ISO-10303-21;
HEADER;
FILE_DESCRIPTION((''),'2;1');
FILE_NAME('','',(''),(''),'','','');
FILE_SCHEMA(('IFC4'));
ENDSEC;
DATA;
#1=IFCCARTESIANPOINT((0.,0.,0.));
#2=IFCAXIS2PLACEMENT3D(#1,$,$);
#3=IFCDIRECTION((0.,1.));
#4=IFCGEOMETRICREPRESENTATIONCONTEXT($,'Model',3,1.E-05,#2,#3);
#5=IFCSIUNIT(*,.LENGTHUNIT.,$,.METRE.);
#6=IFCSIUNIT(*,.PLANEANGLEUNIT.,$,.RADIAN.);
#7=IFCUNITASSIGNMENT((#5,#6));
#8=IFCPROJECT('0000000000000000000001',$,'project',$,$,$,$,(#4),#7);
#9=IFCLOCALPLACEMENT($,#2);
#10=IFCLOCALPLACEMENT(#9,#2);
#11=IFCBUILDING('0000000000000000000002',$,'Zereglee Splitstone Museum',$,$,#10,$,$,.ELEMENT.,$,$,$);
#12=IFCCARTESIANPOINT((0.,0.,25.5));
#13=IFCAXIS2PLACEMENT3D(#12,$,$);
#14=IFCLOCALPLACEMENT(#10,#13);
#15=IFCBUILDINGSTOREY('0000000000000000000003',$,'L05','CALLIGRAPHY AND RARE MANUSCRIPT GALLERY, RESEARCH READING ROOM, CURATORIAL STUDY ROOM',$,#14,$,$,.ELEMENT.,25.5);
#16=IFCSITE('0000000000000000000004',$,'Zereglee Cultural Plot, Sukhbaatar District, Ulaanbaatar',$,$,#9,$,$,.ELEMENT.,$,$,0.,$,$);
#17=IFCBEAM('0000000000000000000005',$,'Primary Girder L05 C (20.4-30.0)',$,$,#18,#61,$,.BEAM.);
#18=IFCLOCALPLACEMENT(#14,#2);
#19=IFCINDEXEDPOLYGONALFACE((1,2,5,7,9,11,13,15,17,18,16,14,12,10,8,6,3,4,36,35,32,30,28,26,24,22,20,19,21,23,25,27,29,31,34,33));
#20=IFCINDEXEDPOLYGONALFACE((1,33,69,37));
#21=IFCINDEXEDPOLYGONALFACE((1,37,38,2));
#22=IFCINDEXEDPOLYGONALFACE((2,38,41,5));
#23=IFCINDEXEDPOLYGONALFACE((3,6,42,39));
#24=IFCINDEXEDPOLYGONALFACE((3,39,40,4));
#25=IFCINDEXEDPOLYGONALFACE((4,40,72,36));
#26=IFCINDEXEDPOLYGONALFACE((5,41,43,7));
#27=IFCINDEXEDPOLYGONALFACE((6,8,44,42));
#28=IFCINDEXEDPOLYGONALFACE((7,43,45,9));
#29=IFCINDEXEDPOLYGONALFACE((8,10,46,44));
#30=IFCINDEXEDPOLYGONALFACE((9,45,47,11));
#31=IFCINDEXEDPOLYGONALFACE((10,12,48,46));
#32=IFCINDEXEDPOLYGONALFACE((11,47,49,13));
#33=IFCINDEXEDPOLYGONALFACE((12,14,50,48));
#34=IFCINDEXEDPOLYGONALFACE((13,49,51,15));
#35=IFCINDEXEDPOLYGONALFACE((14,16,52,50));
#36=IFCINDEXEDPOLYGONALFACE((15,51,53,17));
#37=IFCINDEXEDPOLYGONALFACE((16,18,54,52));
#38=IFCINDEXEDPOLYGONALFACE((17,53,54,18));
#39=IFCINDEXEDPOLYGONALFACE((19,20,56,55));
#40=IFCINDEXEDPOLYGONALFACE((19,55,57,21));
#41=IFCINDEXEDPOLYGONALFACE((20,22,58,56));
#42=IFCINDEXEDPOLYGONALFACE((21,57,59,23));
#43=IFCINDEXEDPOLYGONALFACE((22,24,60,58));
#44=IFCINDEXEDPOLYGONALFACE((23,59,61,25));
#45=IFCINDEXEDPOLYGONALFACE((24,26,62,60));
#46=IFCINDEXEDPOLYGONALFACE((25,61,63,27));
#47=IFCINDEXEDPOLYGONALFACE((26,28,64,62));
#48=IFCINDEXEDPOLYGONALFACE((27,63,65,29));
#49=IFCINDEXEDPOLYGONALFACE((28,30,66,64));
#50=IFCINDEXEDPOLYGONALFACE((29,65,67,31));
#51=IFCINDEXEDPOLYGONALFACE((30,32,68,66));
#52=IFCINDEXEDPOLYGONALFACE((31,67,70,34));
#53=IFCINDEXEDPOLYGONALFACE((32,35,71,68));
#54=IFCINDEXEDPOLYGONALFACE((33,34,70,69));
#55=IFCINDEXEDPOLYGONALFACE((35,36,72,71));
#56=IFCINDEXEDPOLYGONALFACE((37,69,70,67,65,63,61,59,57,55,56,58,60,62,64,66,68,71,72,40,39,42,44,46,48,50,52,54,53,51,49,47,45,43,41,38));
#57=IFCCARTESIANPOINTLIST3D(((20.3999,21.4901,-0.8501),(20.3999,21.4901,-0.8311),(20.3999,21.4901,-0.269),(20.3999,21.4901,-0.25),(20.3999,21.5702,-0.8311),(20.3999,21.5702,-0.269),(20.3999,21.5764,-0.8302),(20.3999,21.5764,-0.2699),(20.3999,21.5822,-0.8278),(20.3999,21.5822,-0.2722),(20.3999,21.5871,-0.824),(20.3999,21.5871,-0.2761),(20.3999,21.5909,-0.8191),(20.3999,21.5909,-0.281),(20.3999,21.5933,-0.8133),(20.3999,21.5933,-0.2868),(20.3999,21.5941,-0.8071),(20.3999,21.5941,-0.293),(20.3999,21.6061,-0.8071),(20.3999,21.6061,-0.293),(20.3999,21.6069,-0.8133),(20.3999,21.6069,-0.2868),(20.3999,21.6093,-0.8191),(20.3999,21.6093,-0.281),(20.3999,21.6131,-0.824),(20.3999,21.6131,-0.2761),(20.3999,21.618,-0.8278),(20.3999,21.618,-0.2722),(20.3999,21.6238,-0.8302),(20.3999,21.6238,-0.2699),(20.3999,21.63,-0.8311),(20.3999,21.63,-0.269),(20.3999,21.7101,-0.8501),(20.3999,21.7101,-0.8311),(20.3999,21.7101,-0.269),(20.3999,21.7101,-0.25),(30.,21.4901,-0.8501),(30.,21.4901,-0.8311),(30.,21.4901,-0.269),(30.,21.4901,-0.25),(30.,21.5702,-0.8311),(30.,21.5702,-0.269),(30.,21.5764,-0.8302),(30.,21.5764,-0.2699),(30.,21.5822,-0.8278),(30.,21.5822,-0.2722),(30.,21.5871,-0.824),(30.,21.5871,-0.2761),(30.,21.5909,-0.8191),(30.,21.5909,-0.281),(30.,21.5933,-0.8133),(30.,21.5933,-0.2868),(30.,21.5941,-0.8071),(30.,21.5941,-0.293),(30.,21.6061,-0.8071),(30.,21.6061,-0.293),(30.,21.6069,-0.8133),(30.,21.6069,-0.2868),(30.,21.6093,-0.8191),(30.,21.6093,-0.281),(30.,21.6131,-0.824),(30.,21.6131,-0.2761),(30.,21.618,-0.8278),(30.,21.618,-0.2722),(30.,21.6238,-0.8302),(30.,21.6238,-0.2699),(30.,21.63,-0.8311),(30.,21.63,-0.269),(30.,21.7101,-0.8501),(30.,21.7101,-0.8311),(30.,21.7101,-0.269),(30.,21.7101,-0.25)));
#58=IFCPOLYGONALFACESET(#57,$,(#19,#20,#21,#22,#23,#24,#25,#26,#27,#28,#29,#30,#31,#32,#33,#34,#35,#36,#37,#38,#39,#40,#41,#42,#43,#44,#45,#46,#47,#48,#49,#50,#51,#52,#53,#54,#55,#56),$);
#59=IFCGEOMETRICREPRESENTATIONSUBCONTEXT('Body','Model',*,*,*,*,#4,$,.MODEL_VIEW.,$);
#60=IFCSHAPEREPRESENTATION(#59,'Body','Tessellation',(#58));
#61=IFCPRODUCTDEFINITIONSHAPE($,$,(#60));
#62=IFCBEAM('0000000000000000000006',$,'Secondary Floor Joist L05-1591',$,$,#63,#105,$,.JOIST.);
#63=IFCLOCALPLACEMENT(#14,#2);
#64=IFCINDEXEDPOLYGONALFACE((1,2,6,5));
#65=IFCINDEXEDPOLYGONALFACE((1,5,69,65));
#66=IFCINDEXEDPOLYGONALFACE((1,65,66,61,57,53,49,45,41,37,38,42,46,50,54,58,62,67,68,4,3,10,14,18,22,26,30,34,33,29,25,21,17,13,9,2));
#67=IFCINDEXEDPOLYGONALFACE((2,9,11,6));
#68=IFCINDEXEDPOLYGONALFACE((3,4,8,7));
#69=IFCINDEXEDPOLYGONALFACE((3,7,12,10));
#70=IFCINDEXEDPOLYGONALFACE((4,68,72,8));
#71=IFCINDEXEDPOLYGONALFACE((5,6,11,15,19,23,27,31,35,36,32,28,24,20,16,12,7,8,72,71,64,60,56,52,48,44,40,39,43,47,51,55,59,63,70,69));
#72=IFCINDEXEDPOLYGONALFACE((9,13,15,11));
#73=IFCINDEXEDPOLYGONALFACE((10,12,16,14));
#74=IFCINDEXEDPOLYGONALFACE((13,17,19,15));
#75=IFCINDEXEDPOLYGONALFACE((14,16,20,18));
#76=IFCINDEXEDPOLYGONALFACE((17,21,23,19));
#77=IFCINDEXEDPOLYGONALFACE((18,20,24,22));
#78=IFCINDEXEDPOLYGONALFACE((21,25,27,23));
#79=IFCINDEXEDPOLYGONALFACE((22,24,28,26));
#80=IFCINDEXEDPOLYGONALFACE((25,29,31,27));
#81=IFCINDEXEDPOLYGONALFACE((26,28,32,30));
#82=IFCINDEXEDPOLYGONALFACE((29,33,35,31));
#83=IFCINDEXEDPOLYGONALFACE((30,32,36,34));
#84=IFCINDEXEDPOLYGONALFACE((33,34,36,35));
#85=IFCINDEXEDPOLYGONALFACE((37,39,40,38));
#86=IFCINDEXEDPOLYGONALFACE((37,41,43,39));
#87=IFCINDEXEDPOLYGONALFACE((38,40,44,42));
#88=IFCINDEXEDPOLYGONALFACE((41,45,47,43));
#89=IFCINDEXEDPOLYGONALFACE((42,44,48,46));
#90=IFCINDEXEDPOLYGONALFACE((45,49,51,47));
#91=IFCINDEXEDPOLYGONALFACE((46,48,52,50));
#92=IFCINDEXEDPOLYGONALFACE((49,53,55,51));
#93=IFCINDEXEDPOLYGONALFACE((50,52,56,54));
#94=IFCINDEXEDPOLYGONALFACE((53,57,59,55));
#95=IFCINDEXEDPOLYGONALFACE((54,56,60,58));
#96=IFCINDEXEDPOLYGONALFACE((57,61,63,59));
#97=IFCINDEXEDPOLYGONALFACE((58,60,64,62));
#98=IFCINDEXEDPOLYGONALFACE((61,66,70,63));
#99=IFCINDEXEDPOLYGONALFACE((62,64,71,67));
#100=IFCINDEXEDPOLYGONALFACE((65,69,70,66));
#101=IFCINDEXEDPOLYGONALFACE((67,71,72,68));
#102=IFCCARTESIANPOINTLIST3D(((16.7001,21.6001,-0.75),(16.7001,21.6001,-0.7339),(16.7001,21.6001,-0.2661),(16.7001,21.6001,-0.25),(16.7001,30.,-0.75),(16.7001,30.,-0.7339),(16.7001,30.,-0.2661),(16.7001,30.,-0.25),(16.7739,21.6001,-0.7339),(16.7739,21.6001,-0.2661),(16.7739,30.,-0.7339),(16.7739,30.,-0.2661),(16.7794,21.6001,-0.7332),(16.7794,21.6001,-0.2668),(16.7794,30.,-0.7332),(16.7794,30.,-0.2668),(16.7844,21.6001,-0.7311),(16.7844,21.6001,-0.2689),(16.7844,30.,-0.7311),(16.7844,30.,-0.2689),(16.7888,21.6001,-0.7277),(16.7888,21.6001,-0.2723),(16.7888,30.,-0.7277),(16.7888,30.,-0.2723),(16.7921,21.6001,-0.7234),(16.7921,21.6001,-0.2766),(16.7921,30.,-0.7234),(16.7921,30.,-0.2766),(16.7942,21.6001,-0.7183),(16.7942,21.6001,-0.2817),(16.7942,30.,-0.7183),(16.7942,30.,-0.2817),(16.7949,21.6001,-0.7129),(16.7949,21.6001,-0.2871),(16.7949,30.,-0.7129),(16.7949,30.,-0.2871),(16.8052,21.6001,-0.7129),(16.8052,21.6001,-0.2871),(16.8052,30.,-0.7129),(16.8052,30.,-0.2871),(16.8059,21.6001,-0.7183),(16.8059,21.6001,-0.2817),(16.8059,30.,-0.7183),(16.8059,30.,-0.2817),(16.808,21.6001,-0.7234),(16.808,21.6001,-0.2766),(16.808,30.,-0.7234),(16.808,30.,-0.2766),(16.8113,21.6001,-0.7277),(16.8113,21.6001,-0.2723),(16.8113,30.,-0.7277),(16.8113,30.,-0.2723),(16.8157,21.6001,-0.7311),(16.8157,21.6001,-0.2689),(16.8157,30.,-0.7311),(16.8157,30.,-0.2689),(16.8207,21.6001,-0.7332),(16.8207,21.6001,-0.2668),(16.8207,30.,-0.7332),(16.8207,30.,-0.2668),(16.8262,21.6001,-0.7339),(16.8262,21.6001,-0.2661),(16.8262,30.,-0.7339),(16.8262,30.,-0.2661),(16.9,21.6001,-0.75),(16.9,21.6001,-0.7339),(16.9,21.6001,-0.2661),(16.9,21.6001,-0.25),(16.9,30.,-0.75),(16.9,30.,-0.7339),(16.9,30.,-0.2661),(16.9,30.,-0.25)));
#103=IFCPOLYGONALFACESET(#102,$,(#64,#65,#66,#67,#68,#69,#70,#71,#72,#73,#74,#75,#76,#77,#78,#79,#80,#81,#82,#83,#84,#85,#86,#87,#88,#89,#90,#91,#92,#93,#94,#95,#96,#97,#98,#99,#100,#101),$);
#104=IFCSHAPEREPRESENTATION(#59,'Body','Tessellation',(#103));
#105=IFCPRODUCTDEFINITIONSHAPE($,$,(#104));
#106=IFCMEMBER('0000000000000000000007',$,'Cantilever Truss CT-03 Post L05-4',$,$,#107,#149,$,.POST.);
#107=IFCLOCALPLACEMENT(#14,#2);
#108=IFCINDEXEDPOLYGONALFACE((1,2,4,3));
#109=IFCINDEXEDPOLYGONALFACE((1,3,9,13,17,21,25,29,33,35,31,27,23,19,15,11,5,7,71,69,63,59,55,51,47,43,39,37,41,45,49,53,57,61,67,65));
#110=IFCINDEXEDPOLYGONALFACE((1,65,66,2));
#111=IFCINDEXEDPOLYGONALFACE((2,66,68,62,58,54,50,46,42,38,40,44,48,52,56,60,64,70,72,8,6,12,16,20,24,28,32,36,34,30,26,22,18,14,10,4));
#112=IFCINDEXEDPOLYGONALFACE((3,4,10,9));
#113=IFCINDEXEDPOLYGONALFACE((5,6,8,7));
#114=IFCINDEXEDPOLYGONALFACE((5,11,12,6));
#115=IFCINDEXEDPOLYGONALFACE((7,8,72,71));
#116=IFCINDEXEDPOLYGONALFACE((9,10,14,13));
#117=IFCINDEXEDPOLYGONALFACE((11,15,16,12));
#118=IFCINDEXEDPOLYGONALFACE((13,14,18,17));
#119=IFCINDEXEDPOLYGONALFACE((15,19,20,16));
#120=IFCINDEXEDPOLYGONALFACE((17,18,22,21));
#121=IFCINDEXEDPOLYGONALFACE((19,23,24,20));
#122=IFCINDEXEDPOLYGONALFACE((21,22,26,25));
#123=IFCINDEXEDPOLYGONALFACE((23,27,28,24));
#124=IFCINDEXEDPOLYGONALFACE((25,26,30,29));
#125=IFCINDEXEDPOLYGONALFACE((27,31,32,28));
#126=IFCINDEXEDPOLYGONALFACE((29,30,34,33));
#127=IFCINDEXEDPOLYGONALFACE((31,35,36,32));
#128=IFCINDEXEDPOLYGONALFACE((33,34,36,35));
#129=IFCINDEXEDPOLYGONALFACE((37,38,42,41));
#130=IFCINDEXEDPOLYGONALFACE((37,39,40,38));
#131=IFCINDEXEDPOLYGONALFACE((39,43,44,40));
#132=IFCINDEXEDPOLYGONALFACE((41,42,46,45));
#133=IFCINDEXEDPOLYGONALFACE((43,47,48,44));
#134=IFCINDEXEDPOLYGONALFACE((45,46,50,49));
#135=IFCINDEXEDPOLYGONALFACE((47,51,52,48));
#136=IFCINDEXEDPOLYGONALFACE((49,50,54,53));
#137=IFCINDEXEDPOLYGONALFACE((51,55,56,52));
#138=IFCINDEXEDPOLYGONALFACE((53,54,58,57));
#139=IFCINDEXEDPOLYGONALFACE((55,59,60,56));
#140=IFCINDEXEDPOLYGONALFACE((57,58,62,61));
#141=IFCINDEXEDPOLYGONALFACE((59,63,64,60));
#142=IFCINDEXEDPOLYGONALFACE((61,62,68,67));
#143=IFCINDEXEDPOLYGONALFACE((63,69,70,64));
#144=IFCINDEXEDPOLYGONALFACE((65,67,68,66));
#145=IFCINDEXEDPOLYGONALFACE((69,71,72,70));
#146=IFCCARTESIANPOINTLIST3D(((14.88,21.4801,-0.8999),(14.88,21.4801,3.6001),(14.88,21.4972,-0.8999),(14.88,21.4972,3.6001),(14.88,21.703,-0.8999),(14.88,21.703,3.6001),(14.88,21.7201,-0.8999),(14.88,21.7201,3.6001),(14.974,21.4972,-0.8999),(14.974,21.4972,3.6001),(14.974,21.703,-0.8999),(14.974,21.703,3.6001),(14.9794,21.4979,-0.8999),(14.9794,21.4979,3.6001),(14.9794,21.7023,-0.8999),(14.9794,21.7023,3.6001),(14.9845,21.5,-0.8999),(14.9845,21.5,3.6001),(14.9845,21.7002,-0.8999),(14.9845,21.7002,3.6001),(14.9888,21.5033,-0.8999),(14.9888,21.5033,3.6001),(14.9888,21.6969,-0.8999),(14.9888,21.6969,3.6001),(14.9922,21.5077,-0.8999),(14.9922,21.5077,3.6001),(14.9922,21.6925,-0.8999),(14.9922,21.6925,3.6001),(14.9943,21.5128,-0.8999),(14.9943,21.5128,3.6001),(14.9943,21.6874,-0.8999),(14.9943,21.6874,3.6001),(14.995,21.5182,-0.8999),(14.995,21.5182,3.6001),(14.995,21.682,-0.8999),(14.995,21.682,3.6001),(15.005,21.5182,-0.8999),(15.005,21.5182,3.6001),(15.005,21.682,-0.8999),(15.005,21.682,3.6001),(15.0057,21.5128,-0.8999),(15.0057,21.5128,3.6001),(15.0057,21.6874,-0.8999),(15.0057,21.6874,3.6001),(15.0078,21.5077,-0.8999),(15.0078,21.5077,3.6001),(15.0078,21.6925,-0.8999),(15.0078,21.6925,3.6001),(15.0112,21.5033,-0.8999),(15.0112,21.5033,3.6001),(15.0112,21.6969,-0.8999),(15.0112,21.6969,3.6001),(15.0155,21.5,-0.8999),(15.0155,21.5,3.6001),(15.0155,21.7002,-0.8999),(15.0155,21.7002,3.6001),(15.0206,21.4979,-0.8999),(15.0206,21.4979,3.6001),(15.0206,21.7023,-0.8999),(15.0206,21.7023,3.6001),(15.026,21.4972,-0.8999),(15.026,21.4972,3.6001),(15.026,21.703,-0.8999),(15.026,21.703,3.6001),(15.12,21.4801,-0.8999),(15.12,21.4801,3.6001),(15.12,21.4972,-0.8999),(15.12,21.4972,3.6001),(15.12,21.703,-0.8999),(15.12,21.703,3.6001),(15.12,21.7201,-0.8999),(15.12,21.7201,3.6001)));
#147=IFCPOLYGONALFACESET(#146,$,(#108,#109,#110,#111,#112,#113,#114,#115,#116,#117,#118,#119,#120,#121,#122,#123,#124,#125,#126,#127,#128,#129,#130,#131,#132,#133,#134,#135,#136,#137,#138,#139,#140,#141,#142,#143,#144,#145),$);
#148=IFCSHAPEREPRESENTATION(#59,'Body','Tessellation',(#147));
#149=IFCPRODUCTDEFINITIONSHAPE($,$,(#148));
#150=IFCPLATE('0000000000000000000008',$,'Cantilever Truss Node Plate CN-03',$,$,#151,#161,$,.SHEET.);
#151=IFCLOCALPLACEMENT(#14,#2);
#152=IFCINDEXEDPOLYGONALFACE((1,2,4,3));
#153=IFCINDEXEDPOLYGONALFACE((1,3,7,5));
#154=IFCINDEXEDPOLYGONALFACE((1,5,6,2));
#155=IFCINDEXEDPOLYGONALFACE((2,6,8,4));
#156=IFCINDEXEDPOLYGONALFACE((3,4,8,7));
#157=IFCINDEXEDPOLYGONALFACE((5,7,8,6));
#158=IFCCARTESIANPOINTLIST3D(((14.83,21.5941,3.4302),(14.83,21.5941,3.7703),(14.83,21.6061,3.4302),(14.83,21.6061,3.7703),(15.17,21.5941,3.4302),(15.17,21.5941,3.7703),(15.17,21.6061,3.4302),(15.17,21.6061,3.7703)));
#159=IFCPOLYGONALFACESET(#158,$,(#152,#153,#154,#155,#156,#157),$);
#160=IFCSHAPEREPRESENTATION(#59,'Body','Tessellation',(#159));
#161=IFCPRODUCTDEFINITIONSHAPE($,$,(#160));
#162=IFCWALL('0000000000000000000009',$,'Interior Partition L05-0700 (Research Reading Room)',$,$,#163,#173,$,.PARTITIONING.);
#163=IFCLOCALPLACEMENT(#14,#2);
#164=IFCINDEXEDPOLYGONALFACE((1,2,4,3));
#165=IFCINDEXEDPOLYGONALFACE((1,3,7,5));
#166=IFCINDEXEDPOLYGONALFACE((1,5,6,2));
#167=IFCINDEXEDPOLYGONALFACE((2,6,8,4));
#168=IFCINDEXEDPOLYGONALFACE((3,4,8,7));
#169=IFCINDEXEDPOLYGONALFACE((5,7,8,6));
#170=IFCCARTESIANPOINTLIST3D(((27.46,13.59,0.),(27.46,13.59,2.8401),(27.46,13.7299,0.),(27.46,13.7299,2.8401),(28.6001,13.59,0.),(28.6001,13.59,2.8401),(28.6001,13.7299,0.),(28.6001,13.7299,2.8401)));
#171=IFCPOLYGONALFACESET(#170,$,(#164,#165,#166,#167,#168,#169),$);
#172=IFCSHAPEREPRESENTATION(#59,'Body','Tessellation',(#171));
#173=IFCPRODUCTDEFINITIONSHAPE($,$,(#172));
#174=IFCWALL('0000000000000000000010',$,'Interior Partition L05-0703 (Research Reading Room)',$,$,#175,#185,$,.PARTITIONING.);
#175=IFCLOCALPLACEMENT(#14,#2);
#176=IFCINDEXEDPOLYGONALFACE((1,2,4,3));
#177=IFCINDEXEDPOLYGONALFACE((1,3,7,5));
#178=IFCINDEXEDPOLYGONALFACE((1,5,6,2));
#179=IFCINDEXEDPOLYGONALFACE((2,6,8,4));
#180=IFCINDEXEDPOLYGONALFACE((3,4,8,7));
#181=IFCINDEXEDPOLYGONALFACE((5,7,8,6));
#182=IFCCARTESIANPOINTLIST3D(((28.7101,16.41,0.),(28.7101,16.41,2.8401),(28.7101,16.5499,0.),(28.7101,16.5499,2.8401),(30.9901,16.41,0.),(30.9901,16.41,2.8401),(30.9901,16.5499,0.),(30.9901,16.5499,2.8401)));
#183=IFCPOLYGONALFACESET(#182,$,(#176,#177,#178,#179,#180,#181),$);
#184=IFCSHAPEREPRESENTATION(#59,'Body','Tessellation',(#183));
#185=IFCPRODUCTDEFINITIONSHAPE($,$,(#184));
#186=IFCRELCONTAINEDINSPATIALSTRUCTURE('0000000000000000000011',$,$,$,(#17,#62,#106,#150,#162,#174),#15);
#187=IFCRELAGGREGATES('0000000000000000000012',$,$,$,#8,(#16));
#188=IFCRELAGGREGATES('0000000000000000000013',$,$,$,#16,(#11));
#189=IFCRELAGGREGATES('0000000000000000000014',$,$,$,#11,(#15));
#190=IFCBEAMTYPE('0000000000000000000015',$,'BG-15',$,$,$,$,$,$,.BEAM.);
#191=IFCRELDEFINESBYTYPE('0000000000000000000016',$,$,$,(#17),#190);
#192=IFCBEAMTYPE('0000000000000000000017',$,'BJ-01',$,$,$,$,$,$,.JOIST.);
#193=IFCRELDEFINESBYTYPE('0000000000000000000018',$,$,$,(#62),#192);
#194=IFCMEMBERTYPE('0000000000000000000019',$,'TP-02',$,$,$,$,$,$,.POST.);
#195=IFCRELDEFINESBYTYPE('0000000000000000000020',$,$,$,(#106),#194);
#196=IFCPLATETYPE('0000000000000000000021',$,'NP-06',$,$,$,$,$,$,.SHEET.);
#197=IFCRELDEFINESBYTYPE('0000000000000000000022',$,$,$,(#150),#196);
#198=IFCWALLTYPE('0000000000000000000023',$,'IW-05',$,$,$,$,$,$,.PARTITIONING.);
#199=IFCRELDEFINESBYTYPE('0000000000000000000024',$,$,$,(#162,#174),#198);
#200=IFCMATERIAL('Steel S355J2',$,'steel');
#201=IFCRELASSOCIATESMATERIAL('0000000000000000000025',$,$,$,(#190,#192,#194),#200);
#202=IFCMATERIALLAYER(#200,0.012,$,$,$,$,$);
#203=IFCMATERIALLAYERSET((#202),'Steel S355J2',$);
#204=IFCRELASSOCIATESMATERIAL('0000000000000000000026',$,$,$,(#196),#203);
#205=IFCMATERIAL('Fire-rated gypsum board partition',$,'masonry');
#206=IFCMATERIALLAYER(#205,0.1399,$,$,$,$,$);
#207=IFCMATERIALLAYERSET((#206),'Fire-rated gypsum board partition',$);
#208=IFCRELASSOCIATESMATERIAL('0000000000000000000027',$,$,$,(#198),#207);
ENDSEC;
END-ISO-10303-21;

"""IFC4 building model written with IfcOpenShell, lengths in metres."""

from ifc_helpers import new_model, si_unit, direction, frame, frame_2d, origin, origin_2d, place, context, subcontext, project, spatial, rectangle, i_section, extrude, material, layer, layer_set, material_profile, profile_set, type_object, element, save


model = new_model("IFC4")

# Units and contexts
model_context = context("Model", 3, precision=1e-05, world=origin(), true_north=direction((0.0, 1.0)))
body_context = subcontext(model_context, "Body", "Model", "MODEL_VIEW")
ifc_project = project(units=[si_unit("LENGTHUNIT", "METRE"), si_unit("PLANEANGLEUNIT", "RADIAN")], contexts=[model_context])

# Site, building, storey
site_placement = place(None, origin())
site = spatial("IfcSite", under=ifc_project, at=site_placement, Name="Zereglee Cultural Plot, Sukhbaatar District, Ulaanbaatar", CompositionType="ELEMENT", RefElevation=0.0)
building_placement = place(site_placement, origin())
building = spatial("IfcBuilding", under=site, at=building_placement, Name="Zereglee Splitstone Museum", CompositionType="ELEMENT")
storey_placement = place(building_placement, frame((0.0, 0.0, 25.5)))
storey = spatial("IfcBuildingStorey", under=building, at=storey_placement, Name="L05", Description="CALLIGRAPHY AND RARE MANUSCRIPT GALLERY, RESEARCH READING ROOM, CURATORIAL STUDY ROOM", CompositionType="ELEMENT", Elevation=25.5)

# Shared definitions
ifc_material_1 = material(Name="Steel S355J2", Category="steel")

# Beams
ifc_material_profile_1 = material_profile(ifc_material_1, i_section(OverallWidth=0.22, OverallDepth=0.6001, WebThickness=0.012, FlangeThickness=0.019, FilletRadius=0.0239, at=origin_2d()), Name="IPE 600")
ifc_profile_set_1 = profile_set([ifc_material_profile_1], Name="Steel S355J2")
beam_type_1 = type_object("IfcBeamType", Name="BG-15", PredefinedType="BEAM", material=ifc_profile_set_1)
beam_1_placement = place(storey_placement, frame((20.3999, 21.6001, -0.55), z_axis=(1.0, 0.0, 0.0), x_axis=(0.0, 1.0, 0.0)))
element("IfcBeam", 1, at=beam_1_placement, inside=storey, type_object=beam_type_1, Name="Primary Girder L05 C (20.4-30.0)", PredefinedType="BEAM", context=body_context, shape_type="SweptSolid", body=[
    extrude(i_section(OverallWidth=0.22, OverallDepth=0.6001, WebThickness=0.012, FlangeThickness=0.019, FilletRadius=0.0239, at=origin_2d()), origin(), (0.0, 0.0, 1.0), 9.6001),
])
ifc_material_profile_2 = material_profile(ifc_material_1, i_section(OverallWidth=0.2, OverallDepth=0.5, WebThickness=0.0103, FlangeThickness=0.0161, FilletRadius=0.021, at=origin_2d()), Name="IPE 500")
ifc_profile_set_2 = profile_set([ifc_material_profile_2], Name="Steel S355J2")
beam_type_2 = type_object("IfcBeamType", Name="BJ-01", PredefinedType="JOIST", material=ifc_profile_set_2)
beam_2_placement = place(storey_placement, frame((16.8, 21.6001, -0.5), z_axis=(0.0, 1.0, 0.0), x_axis=(-1.0, 0.0, 0.0)))
element("IfcBeam", 2, at=beam_2_placement, inside=storey, type_object=beam_type_2, Name="Secondary Floor Joist L05-1591", PredefinedType="JOIST", context=body_context, shape_type="SweptSolid", body=[
    extrude(i_section(OverallWidth=0.2, OverallDepth=0.5, WebThickness=0.0103, FlangeThickness=0.0161, FilletRadius=0.021, at=origin_2d()), origin(), (0.0, 0.0, 1.0), 8.3999),
])

# Member
ifc_material_profile_3 = material_profile(ifc_material_1, i_section(OverallWidth=0.24, OverallDepth=0.24, WebThickness=0.01, FlangeThickness=0.0171, FilletRadius=0.021, at=origin_2d()), Name="HE 240 B")
ifc_profile_set_3 = profile_set([ifc_material_profile_3], Name="Steel S355J2")
member_type_1 = type_object("IfcMemberType", Name="TP-02", PredefinedType="POST", material=ifc_profile_set_3)
member_1_placement = place(storey_placement, frame((15.0, 21.6001, -0.8999), z_axis=(0.0, 0.0, 1.0), x_axis=(1.0, 0.0, 0.0)))
element("IfcMember", 3, at=member_1_placement, inside=storey, type_object=member_type_1, Name="Cantilever Truss CT-03 Post L05-4", PredefinedType="POST", context=body_context, shape_type="SweptSolid", body=[
    extrude(i_section(OverallWidth=0.24, OverallDepth=0.24, WebThickness=0.01, FlangeThickness=0.0171, FilletRadius=0.021, at=origin_2d()), origin(), (0.0, 0.0, 1.0), 4.5),
])

# Plate
ifc_layer_1 = layer(ifc_material_1, 0.012)
ifc_layer_set_1 = layer_set([ifc_layer_1], Name="Steel S355J2")
plate_type = type_object("IfcPlateType", Name="NP-06", PredefinedType="SHEET", material=ifc_layer_set_1)
plate_placement = place(storey_placement, frame((15.0, 21.6001, 3.4302), z_axis=(0.0, 0.0, 1.0), x_axis=(1.0, 0.0, 0.0)))
element("IfcPlate", 4, at=plate_placement, inside=storey, type_object=plate_type, Name="Cantilever Truss Node Plate CN-03", PredefinedType="SHEET", context=body_context, shape_type="SweptSolid", body=[
    extrude(rectangle(XDim=0.3401, YDim=0.012, at=origin_2d()), origin(), (0.0, 0.0, 1.0), 0.3401),
])

# Walls
ifc_material_2 = material(Name="Fire-rated gypsum board partition", Category="masonry")
ifc_layer_2 = layer(ifc_material_2, 0.1399)
ifc_layer_set_2 = layer_set([ifc_layer_2], Name="Fire-rated gypsum board partition")
wall_type_1 = type_object("IfcWallType", Name="IW-05", PredefinedType="PARTITIONING", material=ifc_layer_set_2)
wall_1_placement = place(storey_placement, frame((27.46, 13.6599, 0.0), z_axis=(0.0, 0.0, 1.0), x_axis=(1.0, 0.0, 0.0)))
element("IfcWall", 5, at=wall_1_placement, inside=storey, type_object=wall_type_1, Name="Interior Partition L05-0700 (Research Reading Room)", PredefinedType="PARTITIONING", context=body_context, shape_type="SweptSolid", body=[
    extrude(rectangle(XDim=1.1401, YDim=0.1399, at=frame_2d((0.5701, 0.0))), origin(), (0.0, 0.0, 1.0), 2.8401),
])
wall_2_placement = place(storey_placement, frame((28.71, 16.48, 0.0), z_axis=(0.0, 0.0, 1.0), x_axis=(1.0, 0.0, 0.0)))
element("IfcWall", 6, at=wall_2_placement, inside=storey, type_object=wall_type_1, Name="Interior Partition L05-0703 (Research Reading Room)", PredefinedType="PARTITIONING", context=body_context, shape_type="SweptSolid", body=[
    extrude(rectangle(XDim=2.28, YDim=0.1399, at=frame_2d((1.1401, 0.0))), origin(), (0.0, 0.0, 1.0), 2.8401),
])

save(model, "model.ifc")
